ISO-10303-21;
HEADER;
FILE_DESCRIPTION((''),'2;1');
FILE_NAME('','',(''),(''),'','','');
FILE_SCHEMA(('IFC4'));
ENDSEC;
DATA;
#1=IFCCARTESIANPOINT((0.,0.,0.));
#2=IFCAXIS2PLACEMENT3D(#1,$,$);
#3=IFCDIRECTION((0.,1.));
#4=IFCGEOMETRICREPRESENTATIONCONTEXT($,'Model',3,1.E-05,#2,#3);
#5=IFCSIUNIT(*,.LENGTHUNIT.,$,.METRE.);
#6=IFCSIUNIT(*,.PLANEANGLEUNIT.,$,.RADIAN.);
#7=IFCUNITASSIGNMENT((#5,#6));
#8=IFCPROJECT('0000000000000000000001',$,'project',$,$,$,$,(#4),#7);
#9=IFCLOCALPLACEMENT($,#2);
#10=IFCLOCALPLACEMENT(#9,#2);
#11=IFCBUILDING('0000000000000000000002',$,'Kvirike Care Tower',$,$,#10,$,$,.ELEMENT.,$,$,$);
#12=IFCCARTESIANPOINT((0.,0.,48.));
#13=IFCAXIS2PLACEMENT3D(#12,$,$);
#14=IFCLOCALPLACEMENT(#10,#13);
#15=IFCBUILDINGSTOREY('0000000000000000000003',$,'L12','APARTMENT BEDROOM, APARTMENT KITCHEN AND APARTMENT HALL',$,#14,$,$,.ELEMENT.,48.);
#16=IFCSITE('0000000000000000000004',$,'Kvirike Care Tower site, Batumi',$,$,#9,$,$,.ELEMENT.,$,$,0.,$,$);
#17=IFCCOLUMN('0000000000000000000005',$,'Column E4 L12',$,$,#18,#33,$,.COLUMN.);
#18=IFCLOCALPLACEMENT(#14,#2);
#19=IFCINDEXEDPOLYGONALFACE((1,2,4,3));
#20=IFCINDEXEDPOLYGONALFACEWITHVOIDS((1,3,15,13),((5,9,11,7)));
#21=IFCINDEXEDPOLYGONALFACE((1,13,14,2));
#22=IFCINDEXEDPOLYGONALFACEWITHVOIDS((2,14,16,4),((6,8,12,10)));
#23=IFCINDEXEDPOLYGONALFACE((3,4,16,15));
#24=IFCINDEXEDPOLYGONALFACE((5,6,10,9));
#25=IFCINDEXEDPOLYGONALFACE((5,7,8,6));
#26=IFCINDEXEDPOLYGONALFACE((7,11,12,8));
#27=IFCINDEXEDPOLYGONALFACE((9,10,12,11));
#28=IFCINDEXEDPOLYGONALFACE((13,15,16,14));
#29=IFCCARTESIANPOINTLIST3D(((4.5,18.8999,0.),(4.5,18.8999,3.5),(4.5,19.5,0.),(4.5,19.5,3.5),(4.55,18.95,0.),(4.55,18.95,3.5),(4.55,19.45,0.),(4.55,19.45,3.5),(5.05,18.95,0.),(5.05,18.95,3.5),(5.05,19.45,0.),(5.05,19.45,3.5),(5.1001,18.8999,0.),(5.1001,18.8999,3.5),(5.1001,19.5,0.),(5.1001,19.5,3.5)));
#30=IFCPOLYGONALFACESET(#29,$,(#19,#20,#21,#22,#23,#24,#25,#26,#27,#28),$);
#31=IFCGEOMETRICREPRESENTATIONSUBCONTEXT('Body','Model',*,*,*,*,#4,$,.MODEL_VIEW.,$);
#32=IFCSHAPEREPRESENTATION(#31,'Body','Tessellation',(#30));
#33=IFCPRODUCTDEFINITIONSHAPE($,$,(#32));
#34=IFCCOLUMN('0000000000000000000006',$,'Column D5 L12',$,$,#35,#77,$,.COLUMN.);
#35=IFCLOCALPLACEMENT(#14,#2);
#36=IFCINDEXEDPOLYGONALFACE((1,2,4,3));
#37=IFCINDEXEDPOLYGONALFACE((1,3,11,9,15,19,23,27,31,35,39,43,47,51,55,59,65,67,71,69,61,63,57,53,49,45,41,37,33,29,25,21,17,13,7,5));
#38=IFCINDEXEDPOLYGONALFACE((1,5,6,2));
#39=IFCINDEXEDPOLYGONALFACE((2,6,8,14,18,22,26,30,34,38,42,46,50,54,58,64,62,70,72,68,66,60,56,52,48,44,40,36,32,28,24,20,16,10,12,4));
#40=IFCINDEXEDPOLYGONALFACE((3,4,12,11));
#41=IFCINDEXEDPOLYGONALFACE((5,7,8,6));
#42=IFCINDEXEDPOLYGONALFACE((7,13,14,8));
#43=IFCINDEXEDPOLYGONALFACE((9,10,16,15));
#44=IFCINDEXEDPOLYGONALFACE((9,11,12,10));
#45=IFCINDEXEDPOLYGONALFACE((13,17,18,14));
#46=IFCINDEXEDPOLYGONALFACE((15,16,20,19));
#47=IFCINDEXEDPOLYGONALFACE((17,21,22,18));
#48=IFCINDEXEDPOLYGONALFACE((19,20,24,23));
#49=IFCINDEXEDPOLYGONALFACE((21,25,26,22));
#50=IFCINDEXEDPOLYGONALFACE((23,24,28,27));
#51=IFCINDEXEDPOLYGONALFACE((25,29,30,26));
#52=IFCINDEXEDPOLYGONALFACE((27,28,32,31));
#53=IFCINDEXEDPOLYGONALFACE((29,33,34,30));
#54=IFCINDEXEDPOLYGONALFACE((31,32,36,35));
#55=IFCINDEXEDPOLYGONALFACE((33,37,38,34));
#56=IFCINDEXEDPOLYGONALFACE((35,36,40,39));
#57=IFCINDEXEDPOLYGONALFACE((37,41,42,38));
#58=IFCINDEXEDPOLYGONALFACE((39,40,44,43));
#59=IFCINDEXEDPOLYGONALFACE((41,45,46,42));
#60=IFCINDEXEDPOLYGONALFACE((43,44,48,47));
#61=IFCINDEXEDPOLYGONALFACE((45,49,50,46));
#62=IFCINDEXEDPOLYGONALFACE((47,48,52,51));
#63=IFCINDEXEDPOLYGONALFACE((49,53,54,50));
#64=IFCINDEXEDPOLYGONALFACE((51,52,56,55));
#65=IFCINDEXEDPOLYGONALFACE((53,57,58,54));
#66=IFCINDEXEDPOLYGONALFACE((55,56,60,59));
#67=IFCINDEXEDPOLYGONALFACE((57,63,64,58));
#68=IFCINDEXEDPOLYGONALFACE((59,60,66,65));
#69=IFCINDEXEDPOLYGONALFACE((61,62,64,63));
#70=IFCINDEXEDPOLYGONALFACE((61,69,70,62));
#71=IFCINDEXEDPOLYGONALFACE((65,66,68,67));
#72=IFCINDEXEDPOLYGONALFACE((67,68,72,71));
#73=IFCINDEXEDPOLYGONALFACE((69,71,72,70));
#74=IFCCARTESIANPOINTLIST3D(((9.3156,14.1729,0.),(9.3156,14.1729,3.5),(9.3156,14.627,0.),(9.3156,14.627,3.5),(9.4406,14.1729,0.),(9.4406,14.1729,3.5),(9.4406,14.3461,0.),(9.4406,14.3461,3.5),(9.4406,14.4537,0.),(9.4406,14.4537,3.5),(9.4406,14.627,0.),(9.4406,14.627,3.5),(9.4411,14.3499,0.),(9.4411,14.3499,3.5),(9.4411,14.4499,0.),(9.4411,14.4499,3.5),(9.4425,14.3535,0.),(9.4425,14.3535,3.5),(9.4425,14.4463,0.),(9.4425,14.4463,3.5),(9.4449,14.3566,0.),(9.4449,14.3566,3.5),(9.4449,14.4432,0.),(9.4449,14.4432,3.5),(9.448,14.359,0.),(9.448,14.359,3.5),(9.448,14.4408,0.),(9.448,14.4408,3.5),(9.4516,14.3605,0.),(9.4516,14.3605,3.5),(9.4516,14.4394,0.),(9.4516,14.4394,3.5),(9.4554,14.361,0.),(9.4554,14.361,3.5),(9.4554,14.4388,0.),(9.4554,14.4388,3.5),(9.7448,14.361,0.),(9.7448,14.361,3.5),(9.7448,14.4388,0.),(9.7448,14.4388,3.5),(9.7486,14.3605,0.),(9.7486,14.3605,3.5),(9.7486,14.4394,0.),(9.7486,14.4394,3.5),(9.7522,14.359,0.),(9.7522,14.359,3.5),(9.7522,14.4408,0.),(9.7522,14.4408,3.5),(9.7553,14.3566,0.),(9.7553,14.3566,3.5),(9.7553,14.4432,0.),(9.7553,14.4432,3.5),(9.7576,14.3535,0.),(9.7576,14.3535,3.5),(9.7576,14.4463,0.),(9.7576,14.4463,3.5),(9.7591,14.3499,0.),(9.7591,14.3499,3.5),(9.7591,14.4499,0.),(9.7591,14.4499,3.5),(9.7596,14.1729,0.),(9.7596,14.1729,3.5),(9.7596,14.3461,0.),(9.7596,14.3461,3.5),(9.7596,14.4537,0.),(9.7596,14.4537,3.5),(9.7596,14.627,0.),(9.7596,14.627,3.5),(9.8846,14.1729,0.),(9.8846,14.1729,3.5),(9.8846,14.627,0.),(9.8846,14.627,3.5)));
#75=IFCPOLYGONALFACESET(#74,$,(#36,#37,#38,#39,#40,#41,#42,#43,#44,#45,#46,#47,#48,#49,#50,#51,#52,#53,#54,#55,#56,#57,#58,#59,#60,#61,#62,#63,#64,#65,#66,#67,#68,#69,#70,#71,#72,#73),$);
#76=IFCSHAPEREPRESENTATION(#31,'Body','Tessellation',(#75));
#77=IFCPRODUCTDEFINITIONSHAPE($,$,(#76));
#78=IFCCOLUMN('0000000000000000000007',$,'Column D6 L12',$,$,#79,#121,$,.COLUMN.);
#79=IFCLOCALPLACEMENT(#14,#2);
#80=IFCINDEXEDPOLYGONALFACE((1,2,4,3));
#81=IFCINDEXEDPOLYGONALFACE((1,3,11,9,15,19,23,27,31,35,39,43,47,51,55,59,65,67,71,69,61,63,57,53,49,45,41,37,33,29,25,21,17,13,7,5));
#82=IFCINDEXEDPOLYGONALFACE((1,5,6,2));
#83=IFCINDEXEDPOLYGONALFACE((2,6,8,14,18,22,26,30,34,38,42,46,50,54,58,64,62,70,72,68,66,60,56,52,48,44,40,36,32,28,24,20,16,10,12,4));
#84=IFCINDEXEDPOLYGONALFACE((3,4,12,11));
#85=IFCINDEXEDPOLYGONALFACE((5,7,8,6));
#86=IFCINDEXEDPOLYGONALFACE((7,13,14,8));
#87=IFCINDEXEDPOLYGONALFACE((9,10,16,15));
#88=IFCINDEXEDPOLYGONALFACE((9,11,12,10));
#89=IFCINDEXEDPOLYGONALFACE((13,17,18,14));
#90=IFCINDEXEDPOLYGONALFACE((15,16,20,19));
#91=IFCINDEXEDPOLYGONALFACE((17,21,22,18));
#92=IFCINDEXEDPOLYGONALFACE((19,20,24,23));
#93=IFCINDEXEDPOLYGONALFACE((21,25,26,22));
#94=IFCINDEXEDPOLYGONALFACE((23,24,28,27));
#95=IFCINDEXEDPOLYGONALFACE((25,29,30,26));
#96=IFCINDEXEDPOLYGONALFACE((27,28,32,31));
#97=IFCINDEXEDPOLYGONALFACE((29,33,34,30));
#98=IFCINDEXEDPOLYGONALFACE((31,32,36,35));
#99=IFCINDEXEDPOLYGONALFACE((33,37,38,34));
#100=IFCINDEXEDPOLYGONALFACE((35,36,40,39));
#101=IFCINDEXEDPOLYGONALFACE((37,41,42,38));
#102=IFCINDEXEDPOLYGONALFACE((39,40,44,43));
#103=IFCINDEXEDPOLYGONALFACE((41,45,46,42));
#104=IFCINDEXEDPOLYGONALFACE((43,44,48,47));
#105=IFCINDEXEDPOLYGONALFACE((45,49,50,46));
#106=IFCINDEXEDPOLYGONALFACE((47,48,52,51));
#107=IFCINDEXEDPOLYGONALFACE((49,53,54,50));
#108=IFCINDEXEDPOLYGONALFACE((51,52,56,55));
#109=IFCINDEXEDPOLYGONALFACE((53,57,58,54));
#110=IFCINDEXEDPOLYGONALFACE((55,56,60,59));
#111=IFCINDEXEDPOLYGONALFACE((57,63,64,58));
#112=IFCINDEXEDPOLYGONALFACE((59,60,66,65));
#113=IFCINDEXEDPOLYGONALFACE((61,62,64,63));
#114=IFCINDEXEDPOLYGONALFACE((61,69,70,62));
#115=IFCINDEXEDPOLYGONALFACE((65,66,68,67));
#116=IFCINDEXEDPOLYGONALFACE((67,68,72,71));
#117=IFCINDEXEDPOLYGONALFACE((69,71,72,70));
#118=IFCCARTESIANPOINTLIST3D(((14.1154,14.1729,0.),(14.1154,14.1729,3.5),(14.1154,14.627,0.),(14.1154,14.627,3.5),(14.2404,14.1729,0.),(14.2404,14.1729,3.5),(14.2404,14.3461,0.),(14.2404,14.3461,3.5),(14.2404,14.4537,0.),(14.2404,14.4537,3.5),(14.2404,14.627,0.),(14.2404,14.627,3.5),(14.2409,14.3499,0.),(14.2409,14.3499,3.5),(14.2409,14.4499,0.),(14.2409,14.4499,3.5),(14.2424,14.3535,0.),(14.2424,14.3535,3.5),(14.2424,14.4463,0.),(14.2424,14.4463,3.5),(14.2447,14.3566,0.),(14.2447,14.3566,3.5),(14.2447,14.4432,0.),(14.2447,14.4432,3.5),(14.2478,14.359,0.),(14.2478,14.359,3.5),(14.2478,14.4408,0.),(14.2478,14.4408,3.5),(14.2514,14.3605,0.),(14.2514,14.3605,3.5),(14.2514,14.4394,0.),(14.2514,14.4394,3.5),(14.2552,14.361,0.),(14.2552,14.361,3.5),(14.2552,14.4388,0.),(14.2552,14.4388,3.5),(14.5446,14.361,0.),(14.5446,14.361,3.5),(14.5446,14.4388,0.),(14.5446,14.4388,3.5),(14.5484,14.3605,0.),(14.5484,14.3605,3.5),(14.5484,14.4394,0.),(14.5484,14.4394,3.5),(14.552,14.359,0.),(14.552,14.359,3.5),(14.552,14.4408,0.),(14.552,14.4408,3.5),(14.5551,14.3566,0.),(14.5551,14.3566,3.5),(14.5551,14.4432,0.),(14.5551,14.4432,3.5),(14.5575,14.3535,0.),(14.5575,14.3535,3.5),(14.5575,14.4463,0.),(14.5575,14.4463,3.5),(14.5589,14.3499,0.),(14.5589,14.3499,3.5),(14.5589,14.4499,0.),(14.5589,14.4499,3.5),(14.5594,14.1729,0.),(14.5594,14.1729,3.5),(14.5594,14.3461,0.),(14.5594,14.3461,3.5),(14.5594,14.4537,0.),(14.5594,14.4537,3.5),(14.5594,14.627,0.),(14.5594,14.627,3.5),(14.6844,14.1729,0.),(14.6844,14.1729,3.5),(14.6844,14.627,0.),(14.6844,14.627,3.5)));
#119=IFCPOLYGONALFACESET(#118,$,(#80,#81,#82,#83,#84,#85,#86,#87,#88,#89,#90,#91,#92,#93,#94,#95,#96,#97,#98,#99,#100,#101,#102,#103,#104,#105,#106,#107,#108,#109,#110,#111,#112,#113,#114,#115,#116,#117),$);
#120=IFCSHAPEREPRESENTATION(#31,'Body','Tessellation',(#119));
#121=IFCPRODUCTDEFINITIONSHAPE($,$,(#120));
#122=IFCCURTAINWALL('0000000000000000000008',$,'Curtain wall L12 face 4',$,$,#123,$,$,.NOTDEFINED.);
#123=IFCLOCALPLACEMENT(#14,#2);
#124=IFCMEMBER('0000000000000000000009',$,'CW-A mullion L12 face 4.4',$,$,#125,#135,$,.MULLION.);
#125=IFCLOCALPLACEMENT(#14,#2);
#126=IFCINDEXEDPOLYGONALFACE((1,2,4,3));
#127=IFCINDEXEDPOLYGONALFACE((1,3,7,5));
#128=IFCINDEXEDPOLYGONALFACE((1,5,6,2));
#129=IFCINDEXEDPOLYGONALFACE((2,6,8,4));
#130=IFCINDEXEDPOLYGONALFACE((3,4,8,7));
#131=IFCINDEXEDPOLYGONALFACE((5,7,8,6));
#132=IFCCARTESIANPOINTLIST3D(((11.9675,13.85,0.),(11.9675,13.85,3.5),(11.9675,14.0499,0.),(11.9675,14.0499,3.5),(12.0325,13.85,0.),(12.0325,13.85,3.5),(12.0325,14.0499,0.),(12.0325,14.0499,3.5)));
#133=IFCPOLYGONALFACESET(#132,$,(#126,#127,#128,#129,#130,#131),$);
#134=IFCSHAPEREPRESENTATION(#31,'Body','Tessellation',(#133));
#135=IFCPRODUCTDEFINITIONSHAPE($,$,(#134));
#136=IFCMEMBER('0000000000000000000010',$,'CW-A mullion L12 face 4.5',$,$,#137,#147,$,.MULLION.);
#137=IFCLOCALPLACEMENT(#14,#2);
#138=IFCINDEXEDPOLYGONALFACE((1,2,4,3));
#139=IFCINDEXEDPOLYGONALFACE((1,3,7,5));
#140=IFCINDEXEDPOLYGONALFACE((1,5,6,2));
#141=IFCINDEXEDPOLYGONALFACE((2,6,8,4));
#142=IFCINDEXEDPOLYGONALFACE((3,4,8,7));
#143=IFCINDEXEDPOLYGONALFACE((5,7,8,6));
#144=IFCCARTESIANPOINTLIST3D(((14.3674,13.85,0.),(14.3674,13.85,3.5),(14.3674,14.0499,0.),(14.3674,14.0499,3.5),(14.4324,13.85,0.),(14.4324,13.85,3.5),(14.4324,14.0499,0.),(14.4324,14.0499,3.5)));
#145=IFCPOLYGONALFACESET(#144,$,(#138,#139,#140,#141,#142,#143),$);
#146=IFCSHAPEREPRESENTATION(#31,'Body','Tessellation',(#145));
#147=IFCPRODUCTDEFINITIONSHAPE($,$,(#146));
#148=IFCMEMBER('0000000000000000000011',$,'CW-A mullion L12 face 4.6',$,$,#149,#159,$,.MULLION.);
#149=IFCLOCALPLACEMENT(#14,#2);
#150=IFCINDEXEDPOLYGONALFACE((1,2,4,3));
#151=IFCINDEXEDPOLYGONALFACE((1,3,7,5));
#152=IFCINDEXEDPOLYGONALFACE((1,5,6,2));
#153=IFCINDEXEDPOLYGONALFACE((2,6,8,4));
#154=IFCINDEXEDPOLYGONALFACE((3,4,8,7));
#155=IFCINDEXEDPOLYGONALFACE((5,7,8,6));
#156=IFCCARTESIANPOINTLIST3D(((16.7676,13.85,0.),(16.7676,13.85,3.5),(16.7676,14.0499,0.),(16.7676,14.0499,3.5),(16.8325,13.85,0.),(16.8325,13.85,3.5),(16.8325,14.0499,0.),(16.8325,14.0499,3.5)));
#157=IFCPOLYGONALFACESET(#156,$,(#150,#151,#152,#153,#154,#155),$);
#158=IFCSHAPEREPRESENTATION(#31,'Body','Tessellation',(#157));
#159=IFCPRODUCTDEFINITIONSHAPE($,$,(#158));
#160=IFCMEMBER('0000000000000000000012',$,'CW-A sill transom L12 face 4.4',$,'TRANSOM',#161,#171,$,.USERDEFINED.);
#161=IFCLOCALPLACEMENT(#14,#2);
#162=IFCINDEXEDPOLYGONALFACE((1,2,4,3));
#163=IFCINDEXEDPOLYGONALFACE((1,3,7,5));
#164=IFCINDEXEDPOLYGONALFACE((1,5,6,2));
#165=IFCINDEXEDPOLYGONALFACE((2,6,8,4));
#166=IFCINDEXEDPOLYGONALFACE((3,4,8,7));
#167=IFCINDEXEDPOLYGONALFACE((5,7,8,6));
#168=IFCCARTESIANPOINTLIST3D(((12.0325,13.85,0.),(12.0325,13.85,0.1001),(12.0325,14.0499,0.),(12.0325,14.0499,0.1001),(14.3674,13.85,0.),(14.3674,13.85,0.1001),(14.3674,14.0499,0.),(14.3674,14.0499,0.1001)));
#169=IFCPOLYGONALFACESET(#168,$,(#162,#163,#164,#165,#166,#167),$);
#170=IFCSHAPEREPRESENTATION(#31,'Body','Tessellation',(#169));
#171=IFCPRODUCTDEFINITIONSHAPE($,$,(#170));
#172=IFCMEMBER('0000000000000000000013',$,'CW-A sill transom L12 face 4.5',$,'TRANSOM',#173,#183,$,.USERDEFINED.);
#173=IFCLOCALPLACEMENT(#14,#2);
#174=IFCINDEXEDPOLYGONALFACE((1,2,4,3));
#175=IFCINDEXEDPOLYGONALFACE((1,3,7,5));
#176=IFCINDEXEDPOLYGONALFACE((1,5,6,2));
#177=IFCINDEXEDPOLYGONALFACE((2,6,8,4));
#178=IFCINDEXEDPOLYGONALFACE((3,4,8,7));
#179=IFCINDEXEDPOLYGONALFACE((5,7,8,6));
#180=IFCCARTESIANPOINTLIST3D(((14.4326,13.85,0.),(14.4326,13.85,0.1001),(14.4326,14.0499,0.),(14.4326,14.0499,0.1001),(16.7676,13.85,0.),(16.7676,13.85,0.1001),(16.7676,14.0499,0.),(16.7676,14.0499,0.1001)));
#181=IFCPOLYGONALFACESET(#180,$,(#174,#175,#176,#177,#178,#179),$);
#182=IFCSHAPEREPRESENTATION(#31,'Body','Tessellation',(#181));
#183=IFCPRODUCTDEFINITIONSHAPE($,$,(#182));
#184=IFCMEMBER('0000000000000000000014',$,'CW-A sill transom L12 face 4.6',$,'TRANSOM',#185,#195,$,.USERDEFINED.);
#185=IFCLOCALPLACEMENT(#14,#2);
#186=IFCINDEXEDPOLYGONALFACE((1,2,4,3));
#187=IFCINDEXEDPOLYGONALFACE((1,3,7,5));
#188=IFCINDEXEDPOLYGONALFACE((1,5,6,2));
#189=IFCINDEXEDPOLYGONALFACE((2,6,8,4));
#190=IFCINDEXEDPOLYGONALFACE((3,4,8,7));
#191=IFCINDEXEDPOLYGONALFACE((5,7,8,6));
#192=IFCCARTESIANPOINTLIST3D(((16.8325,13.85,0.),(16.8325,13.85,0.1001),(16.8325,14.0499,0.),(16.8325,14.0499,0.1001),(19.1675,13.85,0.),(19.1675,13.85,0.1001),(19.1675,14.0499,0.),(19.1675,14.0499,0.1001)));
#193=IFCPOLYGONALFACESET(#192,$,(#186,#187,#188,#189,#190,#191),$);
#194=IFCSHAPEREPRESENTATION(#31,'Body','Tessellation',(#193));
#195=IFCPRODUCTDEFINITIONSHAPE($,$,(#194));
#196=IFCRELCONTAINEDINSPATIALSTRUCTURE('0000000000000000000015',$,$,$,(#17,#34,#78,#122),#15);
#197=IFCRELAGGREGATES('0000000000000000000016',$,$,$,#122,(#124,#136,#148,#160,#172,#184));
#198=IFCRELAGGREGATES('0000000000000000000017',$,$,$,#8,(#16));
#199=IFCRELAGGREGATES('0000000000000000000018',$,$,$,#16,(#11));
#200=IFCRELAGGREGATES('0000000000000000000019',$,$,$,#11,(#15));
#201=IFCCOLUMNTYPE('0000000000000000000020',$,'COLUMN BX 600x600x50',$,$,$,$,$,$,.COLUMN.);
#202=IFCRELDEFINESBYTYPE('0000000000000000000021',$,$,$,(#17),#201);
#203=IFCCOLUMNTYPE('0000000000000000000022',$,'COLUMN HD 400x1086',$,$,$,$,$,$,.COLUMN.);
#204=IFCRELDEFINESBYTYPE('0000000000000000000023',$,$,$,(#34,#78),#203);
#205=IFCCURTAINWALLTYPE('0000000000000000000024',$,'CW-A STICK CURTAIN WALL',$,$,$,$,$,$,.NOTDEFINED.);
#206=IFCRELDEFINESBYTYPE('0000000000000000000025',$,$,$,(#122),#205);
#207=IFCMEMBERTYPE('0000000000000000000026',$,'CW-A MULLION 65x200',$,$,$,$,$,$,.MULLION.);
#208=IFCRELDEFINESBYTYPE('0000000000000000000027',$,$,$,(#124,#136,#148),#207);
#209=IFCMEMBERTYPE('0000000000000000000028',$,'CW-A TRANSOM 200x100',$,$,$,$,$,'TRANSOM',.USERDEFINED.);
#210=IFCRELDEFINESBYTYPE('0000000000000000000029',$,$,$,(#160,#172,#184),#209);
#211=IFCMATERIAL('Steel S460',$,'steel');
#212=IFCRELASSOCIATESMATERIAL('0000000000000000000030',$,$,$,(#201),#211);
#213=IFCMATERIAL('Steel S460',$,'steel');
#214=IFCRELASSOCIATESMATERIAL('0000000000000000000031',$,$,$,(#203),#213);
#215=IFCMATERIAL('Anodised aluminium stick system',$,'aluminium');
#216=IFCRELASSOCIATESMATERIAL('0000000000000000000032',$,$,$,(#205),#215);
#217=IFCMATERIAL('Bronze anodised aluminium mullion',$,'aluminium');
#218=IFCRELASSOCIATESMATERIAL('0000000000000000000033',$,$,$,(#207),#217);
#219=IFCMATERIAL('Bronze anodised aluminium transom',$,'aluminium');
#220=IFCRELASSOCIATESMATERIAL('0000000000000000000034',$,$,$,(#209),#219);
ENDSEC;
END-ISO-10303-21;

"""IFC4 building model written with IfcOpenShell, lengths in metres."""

from ifc_helpers import new_model, si_unit, direction, frame, origin, origin_2d, place, context, subcontext, project, spatial, rectangle, hollow_rectangle, i_section, extrude, material, material_profile, profile_set, type_object, element, aggregate, save


model = new_model("IFC4")

# Units and contexts
model_context = context("Model", 3, precision=1e-05, world=origin(), true_north=direction((0.0, 1.0)))
body_context = subcontext(model_context, "Body", "Model", "MODEL_VIEW")
ifc_project = project(units=[si_unit("LENGTHUNIT", "METRE"), si_unit("PLANEANGLEUNIT", "RADIAN")], contexts=[model_context])

# Site, building, storey
site_placement = place(None, origin())
site = spatial("IfcSite", under=ifc_project, at=site_placement, Name="Kvirike Care Tower site, Batumi", CompositionType="ELEMENT", RefElevation=0.0)
building_placement = place(site_placement, origin())
building = spatial("IfcBuilding", under=site, at=building_placement, Name="Kvirike Care Tower", CompositionType="ELEMENT")
storey_placement = place(building_placement, frame((0.0, 0.0, 48.0)))
storey = spatial("IfcBuildingStorey", under=building, at=storey_placement, Name="L12", Description="APARTMENT BEDROOM, APARTMENT KITCHEN AND APARTMENT HALL", CompositionType="ELEMENT", Elevation=48.0)

# Columns
ifc_material_1 = material(Name="Steel S460", Category="steel")
ifc_material_profile_1 = material_profile(ifc_material_1, hollow_rectangle(XDim=0.6001, YDim=0.6001, WallThickness=0.05, at=origin_2d()), Name="BX 600x600x50")
ifc_profile_set_1 = profile_set([ifc_material_profile_1], Name="Steel S460")
column_type_1 = type_object("IfcColumnType", Name="COLUMN BX 600x600x50", PredefinedType="COLUMN", material=ifc_profile_set_1)
column_placement = place(storey_placement, frame((4.8, 19.2, 0.0), z_axis=(0.0, 0.0, 1.0), x_axis=(0.0, 1.0, 0.0)))
element("IfcColumn", 1, at=column_placement, inside=storey, type_object=column_type_1, Name="Column E4 L12", PredefinedType="COLUMN", context=body_context, shape_type="SweptSolid", body=[
    extrude(hollow_rectangle(XDim=0.6001, YDim=0.6001, WallThickness=0.05, at=origin_2d()), origin(), (0.0, 0.0, 1.0), 3.5),
])
ifc_material_2 = material(Name="Steel S460", Category="steel")
ifc_material_profile_2 = material_profile(ifc_material_2, i_section(OverallWidth=0.4541, OverallDepth=0.5691, WebThickness=0.0779, FlangeThickness=0.125, FilletRadius=0.0149, at=origin_2d()), Name="HD 400x1086")
ifc_profile_set_2 = profile_set([ifc_material_profile_2], Name="Steel S460")
column_type_2 = type_object("IfcColumnType", Name="COLUMN HD 400x1086", PredefinedType="COLUMN", material=ifc_profile_set_2)
for number, where, z_axis, x_axis, name in (
    (2, (9.6001, 14.3999, 0.0), (0.0, 0.0, 1.0), (0.0, 1.0, 0.0), "Column D5 L12"),
    (3, (14.3999, 14.3999, 0.0), (0.0, 0.0, 1.0), (0.0, 1.0, 0.0), "Column D6 L12"),
):
    element("IfcColumn", number, at=place(storey_placement, frame(where, z_axis=z_axis, x_axis=x_axis)), inside=storey, type_object=column_type_2, Name=name, PredefinedType="COLUMN", context=body_context, shape_type="SweptSolid", body=[
        extrude(i_section(OverallWidth=0.4541, OverallDepth=0.5691, WebThickness=0.0779, FlangeThickness=0.125, FilletRadius=0.0149, at=origin_2d()), origin(), (0.0, 0.0, 1.0), 3.5),
    ])

# Curtain wall, members
ifc_material_3 = material(Name="Anodised aluminium stick system", Category="aluminium")
curtain_wall_type = type_object("IfcCurtainWallType", Name="CW-A STICK CURTAIN WALL", PredefinedType="NOTDEFINED", material=ifc_material_3)
curtain_wall_placement = place(storey_placement, origin())
curtain_wall = element("IfcCurtainWall", 4, at=curtain_wall_placement, inside=storey, type_object=curtain_wall_type, Name="Curtain wall L12 face 4", PredefinedType="NOTDEFINED")
ifc_material_4 = material(Name="Bronze anodised aluminium mullion", Category="aluminium")
ifc_material_profile_3 = material_profile(ifc_material_4, rectangle(XDim=0.0649, YDim=0.2, at=origin_2d()), Name="CW-A MULLION 65x200")
ifc_profile_set_3 = profile_set([ifc_material_profile_3], Name="Bronze anodised aluminium mullion")
member_type_1 = type_object("IfcMemberType", Name="CW-A MULLION 65x200", PredefinedType="MULLION", material=ifc_profile_set_3)
member_1_placement = place(storey_placement, frame((12.0, 13.95, 0.0), z_axis=(0.0, 0.0, 1.0), x_axis=(1.0, 0.0, 0.0)))
member_1 = element("IfcMember", 5, at=member_1_placement, type_object=member_type_1, Name="CW-A mullion L12 face 4.4", PredefinedType="MULLION", context=body_context, shape_type="SweptSolid", body=[
    extrude(rectangle(XDim=0.0649, YDim=0.2, at=origin_2d()), origin(), (0.0, 0.0, 1.0), 3.5),
])
member_2_placement = place(storey_placement, frame((14.3999, 13.95, 0.0), z_axis=(0.0, 0.0, 1.0), x_axis=(1.0, 0.0, 0.0)))
member_2 = element("IfcMember", 6, at=member_2_placement, type_object=member_type_1, Name="CW-A mullion L12 face 4.5", PredefinedType="MULLION", context=body_context, shape_type="SweptSolid", body=[
    extrude(rectangle(XDim=0.0649, YDim=0.2, at=origin_2d()), origin(), (0.0, 0.0, 1.0), 3.5),
])
member_3_placement = place(storey_placement, frame((16.8, 13.95, 0.0), z_axis=(0.0, 0.0, 1.0), x_axis=(1.0, 0.0, 0.0)))
member_3 = element("IfcMember", 7, at=member_3_placement, type_object=member_type_1, Name="CW-A mullion L12 face 4.6", PredefinedType="MULLION", context=body_context, shape_type="SweptSolid", body=[
    extrude(rectangle(XDim=0.0649, YDim=0.2, at=origin_2d()), origin(), (0.0, 0.0, 1.0), 3.5),
])
ifc_material_5 = material(Name="Bronze anodised aluminium transom", Category="aluminium")
ifc_material_profile_4 = material_profile(ifc_material_5, rectangle(XDim=0.2, YDim=0.1001, at=origin_2d()), Name="CW-A TRANSOM 200x100")
ifc_profile_set_4 = profile_set([ifc_material_profile_4], Name="Bronze anodised aluminium transom")
member_type_2 = type_object("IfcMemberType", Name="CW-A TRANSOM 200x100", ElementType="TRANSOM", PredefinedType="USERDEFINED", material=ifc_profile_set_4)
member_4_placement = place(storey_placement, frame((12.0325, 13.95, 0.05), z_axis=(1.0, 0.0, 0.0), x_axis=(0.0, 1.0, 0.0)))
member_4 = element("IfcMember", 8, at=member_4_placement, type_object=member_type_2, Name="CW-A sill transom L12 face 4.4", ObjectType="TRANSOM", PredefinedType="USERDEFINED", context=body_context, shape_type="SweptSolid", body=[
    extrude(rectangle(XDim=0.2, YDim=0.1001, at=origin_2d()), origin(), (0.0, 0.0, 1.0), 2.335),
])
member_5_placement = place(storey_placement, frame((14.4326, 13.95, 0.05), z_axis=(1.0, 0.0, 0.0), x_axis=(0.0, 1.0, 0.0)))
member_5 = element("IfcMember", 9, at=member_5_placement, type_object=member_type_2, Name="CW-A sill transom L12 face 4.5", ObjectType="TRANSOM", PredefinedType="USERDEFINED", context=body_context, shape_type="SweptSolid", body=[
    extrude(rectangle(XDim=0.2, YDim=0.1001, at=origin_2d()), origin(), (0.0, 0.0, 1.0), 2.335),
])
member_6_placement = place(storey_placement, frame((16.8325, 13.95, 0.05), z_axis=(1.0, 0.0, 0.0), x_axis=(0.0, 1.0, 0.0)))
member_6 = element("IfcMember", 10, at=member_6_placement, type_object=member_type_2, Name="CW-A sill transom L12 face 4.6", ObjectType="TRANSOM", PredefinedType="USERDEFINED", context=body_context, shape_type="SweptSolid", body=[
    extrude(rectangle(XDim=0.2, YDim=0.1001, at=origin_2d()), origin(), (0.0, 0.0, 1.0), 2.335),
])

aggregate(curtain_wall, [member_1, member_2, member_3, member_4, member_5, member_6])

save(model, "model.ifc")
